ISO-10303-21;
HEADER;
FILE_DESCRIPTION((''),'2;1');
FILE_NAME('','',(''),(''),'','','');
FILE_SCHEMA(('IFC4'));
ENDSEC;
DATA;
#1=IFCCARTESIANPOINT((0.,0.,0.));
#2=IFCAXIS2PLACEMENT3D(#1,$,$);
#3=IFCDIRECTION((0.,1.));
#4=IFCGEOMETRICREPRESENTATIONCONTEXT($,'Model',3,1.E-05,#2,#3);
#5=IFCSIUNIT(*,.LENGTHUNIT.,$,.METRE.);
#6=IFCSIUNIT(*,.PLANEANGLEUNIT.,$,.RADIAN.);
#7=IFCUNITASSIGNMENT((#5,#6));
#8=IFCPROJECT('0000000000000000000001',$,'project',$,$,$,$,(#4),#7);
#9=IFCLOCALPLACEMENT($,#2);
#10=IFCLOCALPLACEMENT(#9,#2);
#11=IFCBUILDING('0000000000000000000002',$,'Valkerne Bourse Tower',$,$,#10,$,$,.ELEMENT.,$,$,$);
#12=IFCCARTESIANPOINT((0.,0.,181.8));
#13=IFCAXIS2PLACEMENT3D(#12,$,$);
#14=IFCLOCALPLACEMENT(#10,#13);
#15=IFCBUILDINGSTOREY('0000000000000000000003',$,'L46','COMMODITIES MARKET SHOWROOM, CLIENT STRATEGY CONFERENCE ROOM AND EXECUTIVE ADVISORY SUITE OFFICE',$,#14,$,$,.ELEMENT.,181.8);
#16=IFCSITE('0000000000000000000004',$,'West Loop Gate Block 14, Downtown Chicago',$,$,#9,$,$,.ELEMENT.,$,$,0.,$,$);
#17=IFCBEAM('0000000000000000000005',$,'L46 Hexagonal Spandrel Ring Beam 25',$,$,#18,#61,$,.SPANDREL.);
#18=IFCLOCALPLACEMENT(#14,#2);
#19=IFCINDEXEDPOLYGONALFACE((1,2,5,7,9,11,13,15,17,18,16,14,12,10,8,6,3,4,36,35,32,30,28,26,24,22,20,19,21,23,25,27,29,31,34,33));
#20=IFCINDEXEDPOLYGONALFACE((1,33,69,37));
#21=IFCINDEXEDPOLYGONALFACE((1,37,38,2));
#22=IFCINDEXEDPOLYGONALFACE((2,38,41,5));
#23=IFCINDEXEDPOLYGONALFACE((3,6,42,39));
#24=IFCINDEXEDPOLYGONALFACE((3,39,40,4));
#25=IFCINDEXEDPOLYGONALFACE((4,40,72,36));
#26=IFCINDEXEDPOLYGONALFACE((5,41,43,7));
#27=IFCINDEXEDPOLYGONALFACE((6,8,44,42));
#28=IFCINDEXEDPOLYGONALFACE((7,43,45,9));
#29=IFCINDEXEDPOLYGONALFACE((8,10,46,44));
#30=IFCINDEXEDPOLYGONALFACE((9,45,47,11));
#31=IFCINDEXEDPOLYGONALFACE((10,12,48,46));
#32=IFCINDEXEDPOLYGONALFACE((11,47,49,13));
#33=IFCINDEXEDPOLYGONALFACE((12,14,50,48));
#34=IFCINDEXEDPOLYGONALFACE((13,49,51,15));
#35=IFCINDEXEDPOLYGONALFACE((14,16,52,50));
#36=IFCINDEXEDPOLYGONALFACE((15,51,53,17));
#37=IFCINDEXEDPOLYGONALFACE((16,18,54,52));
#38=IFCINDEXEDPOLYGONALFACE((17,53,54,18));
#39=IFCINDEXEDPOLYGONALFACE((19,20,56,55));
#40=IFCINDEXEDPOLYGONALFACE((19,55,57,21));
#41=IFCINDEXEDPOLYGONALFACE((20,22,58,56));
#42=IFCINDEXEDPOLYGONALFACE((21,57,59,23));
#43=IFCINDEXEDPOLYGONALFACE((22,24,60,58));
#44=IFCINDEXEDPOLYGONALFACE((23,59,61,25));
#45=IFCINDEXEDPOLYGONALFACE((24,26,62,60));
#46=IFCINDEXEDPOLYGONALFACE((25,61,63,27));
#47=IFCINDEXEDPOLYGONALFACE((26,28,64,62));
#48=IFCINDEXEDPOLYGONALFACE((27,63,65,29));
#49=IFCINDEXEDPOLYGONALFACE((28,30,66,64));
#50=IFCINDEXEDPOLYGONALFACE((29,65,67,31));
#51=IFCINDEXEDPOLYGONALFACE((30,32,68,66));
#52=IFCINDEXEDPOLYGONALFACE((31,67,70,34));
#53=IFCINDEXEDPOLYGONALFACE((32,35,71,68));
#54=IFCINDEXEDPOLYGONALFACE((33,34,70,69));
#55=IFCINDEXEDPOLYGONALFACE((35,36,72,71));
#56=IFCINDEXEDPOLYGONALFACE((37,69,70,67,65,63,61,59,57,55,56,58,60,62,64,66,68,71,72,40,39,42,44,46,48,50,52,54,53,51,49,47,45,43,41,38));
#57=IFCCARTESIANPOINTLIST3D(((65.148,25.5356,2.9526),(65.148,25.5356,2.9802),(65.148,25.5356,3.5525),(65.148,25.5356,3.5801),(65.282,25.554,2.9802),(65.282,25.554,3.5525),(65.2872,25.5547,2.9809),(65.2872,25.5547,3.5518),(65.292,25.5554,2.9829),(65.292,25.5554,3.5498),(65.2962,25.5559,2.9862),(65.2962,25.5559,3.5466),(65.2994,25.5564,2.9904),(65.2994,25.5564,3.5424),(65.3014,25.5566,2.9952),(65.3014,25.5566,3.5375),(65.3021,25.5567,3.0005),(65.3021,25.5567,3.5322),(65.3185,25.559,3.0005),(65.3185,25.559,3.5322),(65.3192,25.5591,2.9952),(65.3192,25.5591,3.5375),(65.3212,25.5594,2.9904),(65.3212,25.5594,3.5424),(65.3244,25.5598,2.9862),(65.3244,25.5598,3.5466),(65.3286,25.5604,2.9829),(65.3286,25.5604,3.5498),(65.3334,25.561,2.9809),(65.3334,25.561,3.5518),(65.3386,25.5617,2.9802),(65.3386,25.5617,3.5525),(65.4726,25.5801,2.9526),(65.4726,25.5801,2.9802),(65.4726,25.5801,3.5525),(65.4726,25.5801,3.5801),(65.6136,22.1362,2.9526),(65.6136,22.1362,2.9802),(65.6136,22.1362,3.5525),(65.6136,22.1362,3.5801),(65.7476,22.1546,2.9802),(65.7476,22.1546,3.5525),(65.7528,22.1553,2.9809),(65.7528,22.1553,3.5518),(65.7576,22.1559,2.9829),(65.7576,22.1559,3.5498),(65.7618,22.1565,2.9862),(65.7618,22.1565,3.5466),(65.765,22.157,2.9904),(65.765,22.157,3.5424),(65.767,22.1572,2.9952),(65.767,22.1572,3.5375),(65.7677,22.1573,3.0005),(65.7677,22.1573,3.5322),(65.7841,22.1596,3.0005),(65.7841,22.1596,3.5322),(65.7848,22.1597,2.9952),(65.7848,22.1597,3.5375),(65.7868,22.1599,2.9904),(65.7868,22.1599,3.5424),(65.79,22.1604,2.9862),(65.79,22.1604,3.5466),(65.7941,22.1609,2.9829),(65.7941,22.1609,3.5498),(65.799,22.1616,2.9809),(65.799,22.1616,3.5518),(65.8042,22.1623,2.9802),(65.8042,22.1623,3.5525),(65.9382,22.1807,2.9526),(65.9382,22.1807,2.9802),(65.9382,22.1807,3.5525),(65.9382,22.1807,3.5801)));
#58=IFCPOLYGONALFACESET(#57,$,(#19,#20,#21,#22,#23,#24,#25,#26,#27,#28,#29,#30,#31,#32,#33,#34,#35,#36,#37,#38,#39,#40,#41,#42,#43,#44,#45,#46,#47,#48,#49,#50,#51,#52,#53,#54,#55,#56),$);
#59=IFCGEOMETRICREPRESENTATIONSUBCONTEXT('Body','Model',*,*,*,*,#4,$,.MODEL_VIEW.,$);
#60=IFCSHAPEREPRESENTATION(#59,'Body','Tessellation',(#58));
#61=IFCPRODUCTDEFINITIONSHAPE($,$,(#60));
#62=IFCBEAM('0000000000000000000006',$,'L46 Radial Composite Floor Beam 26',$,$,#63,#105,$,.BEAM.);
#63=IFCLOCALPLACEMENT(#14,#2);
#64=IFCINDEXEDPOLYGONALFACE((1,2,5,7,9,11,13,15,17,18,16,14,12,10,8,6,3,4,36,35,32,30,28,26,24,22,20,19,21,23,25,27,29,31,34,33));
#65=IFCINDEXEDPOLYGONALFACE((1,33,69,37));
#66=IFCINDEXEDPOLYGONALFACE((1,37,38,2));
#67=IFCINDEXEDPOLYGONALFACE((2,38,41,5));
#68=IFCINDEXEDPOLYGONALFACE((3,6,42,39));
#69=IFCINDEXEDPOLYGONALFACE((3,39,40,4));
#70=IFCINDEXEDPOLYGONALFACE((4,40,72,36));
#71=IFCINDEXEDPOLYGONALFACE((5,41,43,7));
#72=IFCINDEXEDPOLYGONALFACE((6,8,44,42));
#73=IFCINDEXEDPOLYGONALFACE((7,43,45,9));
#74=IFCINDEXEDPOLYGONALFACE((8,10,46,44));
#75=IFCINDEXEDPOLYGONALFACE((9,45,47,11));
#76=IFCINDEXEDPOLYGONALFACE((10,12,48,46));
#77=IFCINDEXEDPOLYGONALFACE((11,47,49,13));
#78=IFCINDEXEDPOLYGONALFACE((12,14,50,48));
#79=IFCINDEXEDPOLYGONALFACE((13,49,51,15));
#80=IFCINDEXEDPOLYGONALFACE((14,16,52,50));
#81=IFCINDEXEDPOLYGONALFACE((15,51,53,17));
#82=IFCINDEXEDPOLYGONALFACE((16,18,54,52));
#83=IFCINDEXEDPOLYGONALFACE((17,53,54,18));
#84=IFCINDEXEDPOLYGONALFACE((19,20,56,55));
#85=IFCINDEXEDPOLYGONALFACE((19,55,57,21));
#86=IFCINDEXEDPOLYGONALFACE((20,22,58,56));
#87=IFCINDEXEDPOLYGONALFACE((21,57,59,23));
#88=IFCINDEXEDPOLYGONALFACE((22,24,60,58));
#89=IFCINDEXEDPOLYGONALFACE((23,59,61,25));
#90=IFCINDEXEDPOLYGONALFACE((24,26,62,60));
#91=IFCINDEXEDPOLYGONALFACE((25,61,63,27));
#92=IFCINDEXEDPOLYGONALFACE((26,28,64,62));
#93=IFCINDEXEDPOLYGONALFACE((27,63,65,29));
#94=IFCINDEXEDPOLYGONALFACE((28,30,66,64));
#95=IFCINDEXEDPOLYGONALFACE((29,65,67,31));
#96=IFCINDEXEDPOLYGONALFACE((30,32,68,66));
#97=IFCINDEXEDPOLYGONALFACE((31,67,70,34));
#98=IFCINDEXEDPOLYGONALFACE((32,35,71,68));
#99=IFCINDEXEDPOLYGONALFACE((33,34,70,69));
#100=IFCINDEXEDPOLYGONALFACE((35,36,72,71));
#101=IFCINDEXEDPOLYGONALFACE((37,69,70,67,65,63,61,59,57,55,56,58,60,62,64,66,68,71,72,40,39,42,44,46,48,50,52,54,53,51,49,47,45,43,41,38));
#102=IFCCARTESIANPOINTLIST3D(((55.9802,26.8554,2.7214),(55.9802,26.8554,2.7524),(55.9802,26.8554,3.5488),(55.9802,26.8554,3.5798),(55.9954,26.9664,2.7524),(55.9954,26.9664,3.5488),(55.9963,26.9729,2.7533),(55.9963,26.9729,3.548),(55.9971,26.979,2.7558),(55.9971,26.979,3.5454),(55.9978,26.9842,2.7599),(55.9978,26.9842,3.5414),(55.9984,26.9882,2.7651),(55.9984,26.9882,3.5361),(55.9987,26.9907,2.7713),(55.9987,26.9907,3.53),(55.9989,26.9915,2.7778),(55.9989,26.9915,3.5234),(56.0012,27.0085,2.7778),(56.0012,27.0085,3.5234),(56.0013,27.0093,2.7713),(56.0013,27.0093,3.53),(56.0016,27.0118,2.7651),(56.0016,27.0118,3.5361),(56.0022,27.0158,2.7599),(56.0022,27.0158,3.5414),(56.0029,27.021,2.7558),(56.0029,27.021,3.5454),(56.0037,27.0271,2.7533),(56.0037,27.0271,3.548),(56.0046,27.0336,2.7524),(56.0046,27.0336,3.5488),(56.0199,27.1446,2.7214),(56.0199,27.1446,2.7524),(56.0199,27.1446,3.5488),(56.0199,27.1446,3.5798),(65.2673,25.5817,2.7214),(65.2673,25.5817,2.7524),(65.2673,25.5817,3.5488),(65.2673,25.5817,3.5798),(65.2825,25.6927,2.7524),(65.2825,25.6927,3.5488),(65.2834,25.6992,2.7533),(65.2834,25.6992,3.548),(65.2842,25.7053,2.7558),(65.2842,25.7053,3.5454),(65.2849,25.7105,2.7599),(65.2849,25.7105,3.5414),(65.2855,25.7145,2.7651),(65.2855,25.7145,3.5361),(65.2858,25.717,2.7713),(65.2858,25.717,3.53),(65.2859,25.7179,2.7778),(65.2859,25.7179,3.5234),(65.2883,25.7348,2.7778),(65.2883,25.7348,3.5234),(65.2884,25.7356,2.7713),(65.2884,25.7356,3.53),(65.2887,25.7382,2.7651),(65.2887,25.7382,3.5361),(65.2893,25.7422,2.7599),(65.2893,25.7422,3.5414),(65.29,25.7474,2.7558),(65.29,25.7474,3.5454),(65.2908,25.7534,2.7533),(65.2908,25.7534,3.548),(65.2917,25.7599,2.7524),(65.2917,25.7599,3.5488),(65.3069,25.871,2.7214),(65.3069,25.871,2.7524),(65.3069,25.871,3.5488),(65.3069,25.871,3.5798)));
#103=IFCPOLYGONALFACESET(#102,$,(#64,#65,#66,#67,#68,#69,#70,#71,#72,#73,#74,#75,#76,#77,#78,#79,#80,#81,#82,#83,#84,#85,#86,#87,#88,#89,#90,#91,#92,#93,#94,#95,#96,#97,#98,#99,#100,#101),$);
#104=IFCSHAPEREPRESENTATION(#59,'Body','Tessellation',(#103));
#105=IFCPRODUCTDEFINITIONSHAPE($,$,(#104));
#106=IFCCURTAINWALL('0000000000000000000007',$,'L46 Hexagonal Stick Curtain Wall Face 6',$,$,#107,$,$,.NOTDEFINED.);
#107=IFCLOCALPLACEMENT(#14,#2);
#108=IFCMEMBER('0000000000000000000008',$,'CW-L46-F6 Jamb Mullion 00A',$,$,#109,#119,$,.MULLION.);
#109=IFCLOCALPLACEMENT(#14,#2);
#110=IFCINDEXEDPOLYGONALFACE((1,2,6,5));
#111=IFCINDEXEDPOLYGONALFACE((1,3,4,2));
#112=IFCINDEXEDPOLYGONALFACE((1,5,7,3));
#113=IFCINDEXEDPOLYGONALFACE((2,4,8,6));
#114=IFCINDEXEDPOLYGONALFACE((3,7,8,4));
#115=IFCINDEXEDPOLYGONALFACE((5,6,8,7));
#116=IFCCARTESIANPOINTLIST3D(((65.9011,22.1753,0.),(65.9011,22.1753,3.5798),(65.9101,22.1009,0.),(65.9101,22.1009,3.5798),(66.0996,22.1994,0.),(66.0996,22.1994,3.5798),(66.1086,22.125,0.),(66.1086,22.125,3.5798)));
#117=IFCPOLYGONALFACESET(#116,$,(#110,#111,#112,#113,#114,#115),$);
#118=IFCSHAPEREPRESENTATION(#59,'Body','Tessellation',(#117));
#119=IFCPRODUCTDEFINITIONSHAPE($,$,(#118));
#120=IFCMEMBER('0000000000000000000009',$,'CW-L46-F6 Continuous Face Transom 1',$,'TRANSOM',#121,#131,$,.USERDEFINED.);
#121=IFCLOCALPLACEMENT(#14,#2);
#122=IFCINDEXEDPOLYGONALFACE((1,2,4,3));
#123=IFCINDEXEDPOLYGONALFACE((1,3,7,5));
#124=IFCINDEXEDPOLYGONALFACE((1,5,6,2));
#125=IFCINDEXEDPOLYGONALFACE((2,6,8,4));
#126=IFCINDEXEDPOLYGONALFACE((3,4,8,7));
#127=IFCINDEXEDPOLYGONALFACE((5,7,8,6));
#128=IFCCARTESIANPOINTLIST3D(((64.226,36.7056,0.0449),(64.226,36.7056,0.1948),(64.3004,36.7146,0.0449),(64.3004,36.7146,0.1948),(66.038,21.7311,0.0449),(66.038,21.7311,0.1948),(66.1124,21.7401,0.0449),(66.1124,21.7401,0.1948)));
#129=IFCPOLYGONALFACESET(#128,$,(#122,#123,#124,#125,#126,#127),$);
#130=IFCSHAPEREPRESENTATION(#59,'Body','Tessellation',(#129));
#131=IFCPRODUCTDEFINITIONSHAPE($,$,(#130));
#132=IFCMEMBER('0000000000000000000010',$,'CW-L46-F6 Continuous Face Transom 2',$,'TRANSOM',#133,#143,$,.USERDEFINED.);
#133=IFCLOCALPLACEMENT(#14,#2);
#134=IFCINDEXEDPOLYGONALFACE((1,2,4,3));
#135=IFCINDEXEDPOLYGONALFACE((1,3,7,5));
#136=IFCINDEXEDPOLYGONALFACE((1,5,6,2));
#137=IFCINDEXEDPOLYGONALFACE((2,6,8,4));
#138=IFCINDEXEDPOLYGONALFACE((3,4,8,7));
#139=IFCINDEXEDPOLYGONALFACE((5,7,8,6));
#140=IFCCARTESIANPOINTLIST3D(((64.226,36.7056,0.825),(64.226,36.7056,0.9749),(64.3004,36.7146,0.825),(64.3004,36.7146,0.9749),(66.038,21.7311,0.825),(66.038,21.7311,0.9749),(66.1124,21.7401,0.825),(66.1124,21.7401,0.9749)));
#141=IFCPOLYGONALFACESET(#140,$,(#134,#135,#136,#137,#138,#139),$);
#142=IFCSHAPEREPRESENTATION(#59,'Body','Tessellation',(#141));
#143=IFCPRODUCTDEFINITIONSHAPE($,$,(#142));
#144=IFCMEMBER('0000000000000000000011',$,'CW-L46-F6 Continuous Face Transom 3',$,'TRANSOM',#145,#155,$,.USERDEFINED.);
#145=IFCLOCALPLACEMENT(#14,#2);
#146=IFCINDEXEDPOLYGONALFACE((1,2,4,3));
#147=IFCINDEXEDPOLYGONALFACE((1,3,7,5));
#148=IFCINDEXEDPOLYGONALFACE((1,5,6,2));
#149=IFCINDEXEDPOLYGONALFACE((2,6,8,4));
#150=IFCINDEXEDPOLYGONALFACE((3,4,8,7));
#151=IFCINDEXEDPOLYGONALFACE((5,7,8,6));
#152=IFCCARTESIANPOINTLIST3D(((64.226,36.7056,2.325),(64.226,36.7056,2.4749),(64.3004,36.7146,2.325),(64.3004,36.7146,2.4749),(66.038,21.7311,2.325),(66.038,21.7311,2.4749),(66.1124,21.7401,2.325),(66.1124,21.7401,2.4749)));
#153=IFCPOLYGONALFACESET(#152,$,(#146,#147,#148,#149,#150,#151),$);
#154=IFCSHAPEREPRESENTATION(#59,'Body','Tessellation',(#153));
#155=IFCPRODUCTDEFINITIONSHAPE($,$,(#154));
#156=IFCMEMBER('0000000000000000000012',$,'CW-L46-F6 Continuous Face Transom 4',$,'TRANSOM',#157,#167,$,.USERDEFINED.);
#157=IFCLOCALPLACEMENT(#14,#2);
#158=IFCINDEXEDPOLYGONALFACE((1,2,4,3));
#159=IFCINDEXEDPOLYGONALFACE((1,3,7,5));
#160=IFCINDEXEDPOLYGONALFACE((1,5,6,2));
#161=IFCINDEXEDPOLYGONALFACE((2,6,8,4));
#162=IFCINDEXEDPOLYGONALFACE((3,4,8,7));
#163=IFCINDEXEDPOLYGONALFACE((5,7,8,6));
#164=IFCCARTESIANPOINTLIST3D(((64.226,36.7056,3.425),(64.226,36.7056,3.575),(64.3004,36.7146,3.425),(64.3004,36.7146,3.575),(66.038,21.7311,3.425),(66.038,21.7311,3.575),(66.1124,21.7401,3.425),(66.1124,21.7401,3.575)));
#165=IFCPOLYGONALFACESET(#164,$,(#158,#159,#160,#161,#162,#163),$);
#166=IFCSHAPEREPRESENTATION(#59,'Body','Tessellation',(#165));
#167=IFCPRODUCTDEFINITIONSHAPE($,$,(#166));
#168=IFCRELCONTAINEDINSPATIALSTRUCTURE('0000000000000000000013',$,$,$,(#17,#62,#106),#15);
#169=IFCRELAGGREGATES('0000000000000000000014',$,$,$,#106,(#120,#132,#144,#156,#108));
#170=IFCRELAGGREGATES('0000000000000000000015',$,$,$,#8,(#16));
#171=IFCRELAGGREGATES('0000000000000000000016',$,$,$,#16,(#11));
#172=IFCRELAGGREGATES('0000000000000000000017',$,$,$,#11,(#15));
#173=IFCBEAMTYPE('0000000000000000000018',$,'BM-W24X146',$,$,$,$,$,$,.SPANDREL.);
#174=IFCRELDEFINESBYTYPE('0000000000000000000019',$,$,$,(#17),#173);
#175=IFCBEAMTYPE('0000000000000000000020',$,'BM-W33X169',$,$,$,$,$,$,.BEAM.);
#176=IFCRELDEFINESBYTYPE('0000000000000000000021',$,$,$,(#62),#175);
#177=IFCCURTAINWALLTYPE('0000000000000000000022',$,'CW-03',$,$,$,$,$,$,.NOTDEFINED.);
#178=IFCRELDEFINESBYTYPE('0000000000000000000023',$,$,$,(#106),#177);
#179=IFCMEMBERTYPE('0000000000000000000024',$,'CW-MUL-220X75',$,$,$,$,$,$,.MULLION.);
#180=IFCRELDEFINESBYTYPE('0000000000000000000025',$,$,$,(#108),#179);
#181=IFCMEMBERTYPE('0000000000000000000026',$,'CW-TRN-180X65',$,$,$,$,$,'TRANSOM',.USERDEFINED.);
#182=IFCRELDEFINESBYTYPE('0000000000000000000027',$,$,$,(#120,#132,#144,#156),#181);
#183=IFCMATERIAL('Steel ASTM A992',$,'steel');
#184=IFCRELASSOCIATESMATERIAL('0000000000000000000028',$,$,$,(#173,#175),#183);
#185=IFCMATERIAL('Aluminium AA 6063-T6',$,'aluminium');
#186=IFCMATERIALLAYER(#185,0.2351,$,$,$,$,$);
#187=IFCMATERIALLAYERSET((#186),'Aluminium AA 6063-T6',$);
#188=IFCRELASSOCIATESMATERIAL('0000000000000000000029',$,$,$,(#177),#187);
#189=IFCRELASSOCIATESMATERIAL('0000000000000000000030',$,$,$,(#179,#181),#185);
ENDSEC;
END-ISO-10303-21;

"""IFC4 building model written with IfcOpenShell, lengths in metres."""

from ifc_helpers import new_model, si_unit, direction, frame, origin, origin_2d, place, context, subcontext, project, spatial, rectangle, i_section, extrude, material, layer, layer_set, material_profile, profile_set, type_object, element, aggregate, save


model = new_model("IFC4")

# Units and contexts
model_context = context("Model", 3, precision=1e-05, world=origin(), true_north=direction((0.0, 1.0)))
body_context = subcontext(model_context, "Body", "Model", "MODEL_VIEW")
ifc_project = project(units=[si_unit("LENGTHUNIT", "METRE"), si_unit("PLANEANGLEUNIT", "RADIAN")], contexts=[model_context])

# Site, building, storey
site_placement = place(None, origin())
site = spatial("IfcSite", under=ifc_project, at=site_placement, Name="West Loop Gate Block 14, Downtown Chicago", CompositionType="ELEMENT", RefElevation=0.0)
building_placement = place(site_placement, origin())
building = spatial("IfcBuilding", under=site, at=building_placement, Name="Valkerne Bourse Tower", CompositionType="ELEMENT")
storey_placement = place(building_placement, frame((0.0, 0.0, 181.8)))
storey = spatial("IfcBuildingStorey", under=building, at=storey_placement, Name="L46", Description="COMMODITIES MARKET SHOWROOM, CLIENT STRATEGY CONFERENCE ROOM AND EXECUTIVE ADVISORY SUITE OFFICE", CompositionType="ELEMENT", Elevation=181.8)

# Beams
ifc_material_1 = material(Name="Steel ASTM A992", Category="steel")
ifc_material_profile_1 = material_profile(ifc_material_1, i_section(OverallWidth=0.3276, OverallDepth=0.6274, WebThickness=0.0166, FlangeThickness=0.0276, FilletRadius=0.0203, at=origin_2d()), Name="W24X146")
ifc_profile_set_1 = profile_set([ifc_material_profile_1], Name="Steel ASTM A992")
beam_type_1 = type_object("IfcBeamType", Name="BM-W24X146", PredefinedType="SPANDREL", material=ifc_profile_set_1)
beam_1_placement = place(storey_placement, frame((65.7759, 22.1584, 3.2664), z_axis=(-0.135691, 0.990751, 0.0), x_axis=(-0.990751, -0.135691, 0.0)))
element("IfcBeam", 1, at=beam_1_placement, inside=storey, type_object=beam_type_1, Name="L46 Hexagonal Spandrel Ring Beam 25", PredefinedType="SPANDREL", context=body_context, shape_type="SweptSolid", body=[
    extrude(i_section(OverallWidth=0.3276, OverallDepth=0.6274, WebThickness=0.0166, FlangeThickness=0.0276, FilletRadius=0.0203, at=origin_2d()), origin(), (0.0, 0.0, 1.0), 3.4312),
])
ifc_material_profile_2 = material_profile(ifc_material_1, i_section(OverallWidth=0.292, OverallDepth=0.8584, WebThickness=0.0171, FlangeThickness=0.031, FilletRadius=0.0254, at=origin_2d()), Name="W33X169")
ifc_profile_set_2 = profile_set([ifc_material_profile_2], Name="Steel ASTM A992")
beam_type_2 = type_object("IfcBeamType", Name="BM-W33X169", PredefinedType="BEAM", material=ifc_profile_set_2)
beam_2_placement = place(storey_placement, frame((65.2871, 25.7263, 3.1506), z_axis=(-0.990726, 0.135873, 0.0), x_axis=(-0.135873, -0.990726, 0.0)))
element("IfcBeam", 2, at=beam_2_placement, inside=storey, type_object=beam_type_2, Name="L46 Radial Composite Floor Beam 26", PredefinedType="BEAM", context=body_context, shape_type="SweptSolid", body=[
    extrude(i_section(OverallWidth=0.292, OverallDepth=0.8584, WebThickness=0.0171, FlangeThickness=0.031, FilletRadius=0.0254, at=origin_2d()), origin(), (0.0, 0.0, 1.0), 9.374),
])

# Curtain wall, members
ifc_material_2 = material(Name="Aluminium AA 6063-T6", Category="aluminium")
ifc_layer_1 = layer(ifc_material_2, 0.2351)
ifc_layer_set_1 = layer_set([ifc_layer_1], Name="Aluminium AA 6063-T6")
curtain_wall_type = type_object("IfcCurtainWallType", Name="CW-03", PredefinedType="NOTDEFINED", material=ifc_layer_set_1)
curtain_wall_placement = place(storey_placement, origin())
curtain_wall = element("IfcCurtainWall", 3, at=curtain_wall_placement, inside=storey, type_object=curtain_wall_type, Name="L46 Hexagonal Stick Curtain Wall Face 6", PredefinedType="NOTDEFINED")
ifc_material_profile_3 = material_profile(ifc_material_2, rectangle(XDim=0.075, YDim=0.2, at=origin_2d()), Name="CWM-75X200")
ifc_profile_set_3 = profile_set([ifc_material_profile_3], Name="Aluminium AA 6063-T6")
member_type_1 = type_object("IfcMemberType", Name="CW-MUL-220X75", PredefinedType="MULLION", material=ifc_profile_set_3)
member_1_placement = place(storey_placement, frame((66.0049, 22.1501, 0.0), z_axis=(0.0, 0.0, 1.0), x_axis=(-0.120127, 0.992759, 0.0)))
member_1 = element("IfcMember", 4, at=member_1_placement, type_object=member_type_1, Name="CW-L46-F6 Jamb Mullion 00A", PredefinedType="MULLION", context=body_context, shape_type="SweptSolid", body=[
    extrude(rectangle(XDim=0.075, YDim=0.2, at=origin_2d()), origin(), (0.0, 0.0, 1.0), 3.5798),
])
ifc_material_profile_4 = material_profile(ifc_material_2, rectangle(XDim=0.075, YDim=0.1499, at=origin_2d()), Name="CWT-75X150")
ifc_profile_set_4 = profile_set([ifc_material_profile_4], Name="Aluminium AA 6063-T6")
member_type_2 = type_object("IfcMemberType", Name="CW-TRN-180X65", ElementType="TRANSOM", PredefinedType="USERDEFINED", material=ifc_profile_set_4)
member_2_placement = place(storey_placement, frame((66.0752, 21.7356, 0.1199), z_axis=(-0.120129, 0.992758, 0.0), x_axis=(-0.992758, -0.120129, 0.0)))
member_2 = element("IfcMember", 5, at=member_2_placement, type_object=member_type_2, Name="CW-L46-F6 Continuous Face Transom 1", ObjectType="TRANSOM", PredefinedType="USERDEFINED", context=body_context, shape_type="SweptSolid", body=[
    extrude(rectangle(XDim=0.075, YDim=0.1499, at=origin_2d()), origin(), (0.0, 0.0, 1.0), 15.0837),
])
member_3_placement = place(storey_placement, frame((66.0752, 21.7356, 0.8999), z_axis=(-0.120129, 0.992758, 0.0), x_axis=(-0.992758, -0.120129, 0.0)))
member_3 = element("IfcMember", 6, at=member_3_placement, type_object=member_type_2, Name="CW-L46-F6 Continuous Face Transom 2", ObjectType="TRANSOM", PredefinedType="USERDEFINED", context=body_context, shape_type="SweptSolid", body=[
    extrude(rectangle(XDim=0.075, YDim=0.1499, at=origin_2d()), origin(), (0.0, 0.0, 1.0), 15.0837),
])
member_4_placement = place(storey_placement, frame((66.0752, 21.7356, 2.3999), z_axis=(-0.120129, 0.992758, 0.0), x_axis=(-0.992758, -0.120129, 0.0)))
member_4 = element("IfcMember", 7, at=member_4_placement, type_object=member_type_2, Name="CW-L46-F6 Continuous Face Transom 3", ObjectType="TRANSOM", PredefinedType="USERDEFINED", context=body_context, shape_type="SweptSolid", body=[
    extrude(rectangle(XDim=0.075, YDim=0.1499, at=origin_2d()), origin(), (0.0, 0.0, 1.0), 15.0837),
])
member_5_placement = place(storey_placement, frame((66.0752, 21.7356, 3.5), z_axis=(-0.120129, 0.992758, 0.0), x_axis=(-0.992758, -0.120129, 0.0)))
member_5 = element("IfcMember", 8, at=member_5_placement, type_object=member_type_2, Name="CW-L46-F6 Continuous Face Transom 4", ObjectType="TRANSOM", PredefinedType="USERDEFINED", context=body_context, shape_type="SweptSolid", body=[
    extrude(rectangle(XDim=0.075, YDim=0.1499, at=origin_2d()), origin(), (0.0, 0.0, 1.0), 15.0837),
])

aggregate(curtain_wall, [member_2, member_3, member_4, member_5, member_1])

save(model, "model.ifc")
